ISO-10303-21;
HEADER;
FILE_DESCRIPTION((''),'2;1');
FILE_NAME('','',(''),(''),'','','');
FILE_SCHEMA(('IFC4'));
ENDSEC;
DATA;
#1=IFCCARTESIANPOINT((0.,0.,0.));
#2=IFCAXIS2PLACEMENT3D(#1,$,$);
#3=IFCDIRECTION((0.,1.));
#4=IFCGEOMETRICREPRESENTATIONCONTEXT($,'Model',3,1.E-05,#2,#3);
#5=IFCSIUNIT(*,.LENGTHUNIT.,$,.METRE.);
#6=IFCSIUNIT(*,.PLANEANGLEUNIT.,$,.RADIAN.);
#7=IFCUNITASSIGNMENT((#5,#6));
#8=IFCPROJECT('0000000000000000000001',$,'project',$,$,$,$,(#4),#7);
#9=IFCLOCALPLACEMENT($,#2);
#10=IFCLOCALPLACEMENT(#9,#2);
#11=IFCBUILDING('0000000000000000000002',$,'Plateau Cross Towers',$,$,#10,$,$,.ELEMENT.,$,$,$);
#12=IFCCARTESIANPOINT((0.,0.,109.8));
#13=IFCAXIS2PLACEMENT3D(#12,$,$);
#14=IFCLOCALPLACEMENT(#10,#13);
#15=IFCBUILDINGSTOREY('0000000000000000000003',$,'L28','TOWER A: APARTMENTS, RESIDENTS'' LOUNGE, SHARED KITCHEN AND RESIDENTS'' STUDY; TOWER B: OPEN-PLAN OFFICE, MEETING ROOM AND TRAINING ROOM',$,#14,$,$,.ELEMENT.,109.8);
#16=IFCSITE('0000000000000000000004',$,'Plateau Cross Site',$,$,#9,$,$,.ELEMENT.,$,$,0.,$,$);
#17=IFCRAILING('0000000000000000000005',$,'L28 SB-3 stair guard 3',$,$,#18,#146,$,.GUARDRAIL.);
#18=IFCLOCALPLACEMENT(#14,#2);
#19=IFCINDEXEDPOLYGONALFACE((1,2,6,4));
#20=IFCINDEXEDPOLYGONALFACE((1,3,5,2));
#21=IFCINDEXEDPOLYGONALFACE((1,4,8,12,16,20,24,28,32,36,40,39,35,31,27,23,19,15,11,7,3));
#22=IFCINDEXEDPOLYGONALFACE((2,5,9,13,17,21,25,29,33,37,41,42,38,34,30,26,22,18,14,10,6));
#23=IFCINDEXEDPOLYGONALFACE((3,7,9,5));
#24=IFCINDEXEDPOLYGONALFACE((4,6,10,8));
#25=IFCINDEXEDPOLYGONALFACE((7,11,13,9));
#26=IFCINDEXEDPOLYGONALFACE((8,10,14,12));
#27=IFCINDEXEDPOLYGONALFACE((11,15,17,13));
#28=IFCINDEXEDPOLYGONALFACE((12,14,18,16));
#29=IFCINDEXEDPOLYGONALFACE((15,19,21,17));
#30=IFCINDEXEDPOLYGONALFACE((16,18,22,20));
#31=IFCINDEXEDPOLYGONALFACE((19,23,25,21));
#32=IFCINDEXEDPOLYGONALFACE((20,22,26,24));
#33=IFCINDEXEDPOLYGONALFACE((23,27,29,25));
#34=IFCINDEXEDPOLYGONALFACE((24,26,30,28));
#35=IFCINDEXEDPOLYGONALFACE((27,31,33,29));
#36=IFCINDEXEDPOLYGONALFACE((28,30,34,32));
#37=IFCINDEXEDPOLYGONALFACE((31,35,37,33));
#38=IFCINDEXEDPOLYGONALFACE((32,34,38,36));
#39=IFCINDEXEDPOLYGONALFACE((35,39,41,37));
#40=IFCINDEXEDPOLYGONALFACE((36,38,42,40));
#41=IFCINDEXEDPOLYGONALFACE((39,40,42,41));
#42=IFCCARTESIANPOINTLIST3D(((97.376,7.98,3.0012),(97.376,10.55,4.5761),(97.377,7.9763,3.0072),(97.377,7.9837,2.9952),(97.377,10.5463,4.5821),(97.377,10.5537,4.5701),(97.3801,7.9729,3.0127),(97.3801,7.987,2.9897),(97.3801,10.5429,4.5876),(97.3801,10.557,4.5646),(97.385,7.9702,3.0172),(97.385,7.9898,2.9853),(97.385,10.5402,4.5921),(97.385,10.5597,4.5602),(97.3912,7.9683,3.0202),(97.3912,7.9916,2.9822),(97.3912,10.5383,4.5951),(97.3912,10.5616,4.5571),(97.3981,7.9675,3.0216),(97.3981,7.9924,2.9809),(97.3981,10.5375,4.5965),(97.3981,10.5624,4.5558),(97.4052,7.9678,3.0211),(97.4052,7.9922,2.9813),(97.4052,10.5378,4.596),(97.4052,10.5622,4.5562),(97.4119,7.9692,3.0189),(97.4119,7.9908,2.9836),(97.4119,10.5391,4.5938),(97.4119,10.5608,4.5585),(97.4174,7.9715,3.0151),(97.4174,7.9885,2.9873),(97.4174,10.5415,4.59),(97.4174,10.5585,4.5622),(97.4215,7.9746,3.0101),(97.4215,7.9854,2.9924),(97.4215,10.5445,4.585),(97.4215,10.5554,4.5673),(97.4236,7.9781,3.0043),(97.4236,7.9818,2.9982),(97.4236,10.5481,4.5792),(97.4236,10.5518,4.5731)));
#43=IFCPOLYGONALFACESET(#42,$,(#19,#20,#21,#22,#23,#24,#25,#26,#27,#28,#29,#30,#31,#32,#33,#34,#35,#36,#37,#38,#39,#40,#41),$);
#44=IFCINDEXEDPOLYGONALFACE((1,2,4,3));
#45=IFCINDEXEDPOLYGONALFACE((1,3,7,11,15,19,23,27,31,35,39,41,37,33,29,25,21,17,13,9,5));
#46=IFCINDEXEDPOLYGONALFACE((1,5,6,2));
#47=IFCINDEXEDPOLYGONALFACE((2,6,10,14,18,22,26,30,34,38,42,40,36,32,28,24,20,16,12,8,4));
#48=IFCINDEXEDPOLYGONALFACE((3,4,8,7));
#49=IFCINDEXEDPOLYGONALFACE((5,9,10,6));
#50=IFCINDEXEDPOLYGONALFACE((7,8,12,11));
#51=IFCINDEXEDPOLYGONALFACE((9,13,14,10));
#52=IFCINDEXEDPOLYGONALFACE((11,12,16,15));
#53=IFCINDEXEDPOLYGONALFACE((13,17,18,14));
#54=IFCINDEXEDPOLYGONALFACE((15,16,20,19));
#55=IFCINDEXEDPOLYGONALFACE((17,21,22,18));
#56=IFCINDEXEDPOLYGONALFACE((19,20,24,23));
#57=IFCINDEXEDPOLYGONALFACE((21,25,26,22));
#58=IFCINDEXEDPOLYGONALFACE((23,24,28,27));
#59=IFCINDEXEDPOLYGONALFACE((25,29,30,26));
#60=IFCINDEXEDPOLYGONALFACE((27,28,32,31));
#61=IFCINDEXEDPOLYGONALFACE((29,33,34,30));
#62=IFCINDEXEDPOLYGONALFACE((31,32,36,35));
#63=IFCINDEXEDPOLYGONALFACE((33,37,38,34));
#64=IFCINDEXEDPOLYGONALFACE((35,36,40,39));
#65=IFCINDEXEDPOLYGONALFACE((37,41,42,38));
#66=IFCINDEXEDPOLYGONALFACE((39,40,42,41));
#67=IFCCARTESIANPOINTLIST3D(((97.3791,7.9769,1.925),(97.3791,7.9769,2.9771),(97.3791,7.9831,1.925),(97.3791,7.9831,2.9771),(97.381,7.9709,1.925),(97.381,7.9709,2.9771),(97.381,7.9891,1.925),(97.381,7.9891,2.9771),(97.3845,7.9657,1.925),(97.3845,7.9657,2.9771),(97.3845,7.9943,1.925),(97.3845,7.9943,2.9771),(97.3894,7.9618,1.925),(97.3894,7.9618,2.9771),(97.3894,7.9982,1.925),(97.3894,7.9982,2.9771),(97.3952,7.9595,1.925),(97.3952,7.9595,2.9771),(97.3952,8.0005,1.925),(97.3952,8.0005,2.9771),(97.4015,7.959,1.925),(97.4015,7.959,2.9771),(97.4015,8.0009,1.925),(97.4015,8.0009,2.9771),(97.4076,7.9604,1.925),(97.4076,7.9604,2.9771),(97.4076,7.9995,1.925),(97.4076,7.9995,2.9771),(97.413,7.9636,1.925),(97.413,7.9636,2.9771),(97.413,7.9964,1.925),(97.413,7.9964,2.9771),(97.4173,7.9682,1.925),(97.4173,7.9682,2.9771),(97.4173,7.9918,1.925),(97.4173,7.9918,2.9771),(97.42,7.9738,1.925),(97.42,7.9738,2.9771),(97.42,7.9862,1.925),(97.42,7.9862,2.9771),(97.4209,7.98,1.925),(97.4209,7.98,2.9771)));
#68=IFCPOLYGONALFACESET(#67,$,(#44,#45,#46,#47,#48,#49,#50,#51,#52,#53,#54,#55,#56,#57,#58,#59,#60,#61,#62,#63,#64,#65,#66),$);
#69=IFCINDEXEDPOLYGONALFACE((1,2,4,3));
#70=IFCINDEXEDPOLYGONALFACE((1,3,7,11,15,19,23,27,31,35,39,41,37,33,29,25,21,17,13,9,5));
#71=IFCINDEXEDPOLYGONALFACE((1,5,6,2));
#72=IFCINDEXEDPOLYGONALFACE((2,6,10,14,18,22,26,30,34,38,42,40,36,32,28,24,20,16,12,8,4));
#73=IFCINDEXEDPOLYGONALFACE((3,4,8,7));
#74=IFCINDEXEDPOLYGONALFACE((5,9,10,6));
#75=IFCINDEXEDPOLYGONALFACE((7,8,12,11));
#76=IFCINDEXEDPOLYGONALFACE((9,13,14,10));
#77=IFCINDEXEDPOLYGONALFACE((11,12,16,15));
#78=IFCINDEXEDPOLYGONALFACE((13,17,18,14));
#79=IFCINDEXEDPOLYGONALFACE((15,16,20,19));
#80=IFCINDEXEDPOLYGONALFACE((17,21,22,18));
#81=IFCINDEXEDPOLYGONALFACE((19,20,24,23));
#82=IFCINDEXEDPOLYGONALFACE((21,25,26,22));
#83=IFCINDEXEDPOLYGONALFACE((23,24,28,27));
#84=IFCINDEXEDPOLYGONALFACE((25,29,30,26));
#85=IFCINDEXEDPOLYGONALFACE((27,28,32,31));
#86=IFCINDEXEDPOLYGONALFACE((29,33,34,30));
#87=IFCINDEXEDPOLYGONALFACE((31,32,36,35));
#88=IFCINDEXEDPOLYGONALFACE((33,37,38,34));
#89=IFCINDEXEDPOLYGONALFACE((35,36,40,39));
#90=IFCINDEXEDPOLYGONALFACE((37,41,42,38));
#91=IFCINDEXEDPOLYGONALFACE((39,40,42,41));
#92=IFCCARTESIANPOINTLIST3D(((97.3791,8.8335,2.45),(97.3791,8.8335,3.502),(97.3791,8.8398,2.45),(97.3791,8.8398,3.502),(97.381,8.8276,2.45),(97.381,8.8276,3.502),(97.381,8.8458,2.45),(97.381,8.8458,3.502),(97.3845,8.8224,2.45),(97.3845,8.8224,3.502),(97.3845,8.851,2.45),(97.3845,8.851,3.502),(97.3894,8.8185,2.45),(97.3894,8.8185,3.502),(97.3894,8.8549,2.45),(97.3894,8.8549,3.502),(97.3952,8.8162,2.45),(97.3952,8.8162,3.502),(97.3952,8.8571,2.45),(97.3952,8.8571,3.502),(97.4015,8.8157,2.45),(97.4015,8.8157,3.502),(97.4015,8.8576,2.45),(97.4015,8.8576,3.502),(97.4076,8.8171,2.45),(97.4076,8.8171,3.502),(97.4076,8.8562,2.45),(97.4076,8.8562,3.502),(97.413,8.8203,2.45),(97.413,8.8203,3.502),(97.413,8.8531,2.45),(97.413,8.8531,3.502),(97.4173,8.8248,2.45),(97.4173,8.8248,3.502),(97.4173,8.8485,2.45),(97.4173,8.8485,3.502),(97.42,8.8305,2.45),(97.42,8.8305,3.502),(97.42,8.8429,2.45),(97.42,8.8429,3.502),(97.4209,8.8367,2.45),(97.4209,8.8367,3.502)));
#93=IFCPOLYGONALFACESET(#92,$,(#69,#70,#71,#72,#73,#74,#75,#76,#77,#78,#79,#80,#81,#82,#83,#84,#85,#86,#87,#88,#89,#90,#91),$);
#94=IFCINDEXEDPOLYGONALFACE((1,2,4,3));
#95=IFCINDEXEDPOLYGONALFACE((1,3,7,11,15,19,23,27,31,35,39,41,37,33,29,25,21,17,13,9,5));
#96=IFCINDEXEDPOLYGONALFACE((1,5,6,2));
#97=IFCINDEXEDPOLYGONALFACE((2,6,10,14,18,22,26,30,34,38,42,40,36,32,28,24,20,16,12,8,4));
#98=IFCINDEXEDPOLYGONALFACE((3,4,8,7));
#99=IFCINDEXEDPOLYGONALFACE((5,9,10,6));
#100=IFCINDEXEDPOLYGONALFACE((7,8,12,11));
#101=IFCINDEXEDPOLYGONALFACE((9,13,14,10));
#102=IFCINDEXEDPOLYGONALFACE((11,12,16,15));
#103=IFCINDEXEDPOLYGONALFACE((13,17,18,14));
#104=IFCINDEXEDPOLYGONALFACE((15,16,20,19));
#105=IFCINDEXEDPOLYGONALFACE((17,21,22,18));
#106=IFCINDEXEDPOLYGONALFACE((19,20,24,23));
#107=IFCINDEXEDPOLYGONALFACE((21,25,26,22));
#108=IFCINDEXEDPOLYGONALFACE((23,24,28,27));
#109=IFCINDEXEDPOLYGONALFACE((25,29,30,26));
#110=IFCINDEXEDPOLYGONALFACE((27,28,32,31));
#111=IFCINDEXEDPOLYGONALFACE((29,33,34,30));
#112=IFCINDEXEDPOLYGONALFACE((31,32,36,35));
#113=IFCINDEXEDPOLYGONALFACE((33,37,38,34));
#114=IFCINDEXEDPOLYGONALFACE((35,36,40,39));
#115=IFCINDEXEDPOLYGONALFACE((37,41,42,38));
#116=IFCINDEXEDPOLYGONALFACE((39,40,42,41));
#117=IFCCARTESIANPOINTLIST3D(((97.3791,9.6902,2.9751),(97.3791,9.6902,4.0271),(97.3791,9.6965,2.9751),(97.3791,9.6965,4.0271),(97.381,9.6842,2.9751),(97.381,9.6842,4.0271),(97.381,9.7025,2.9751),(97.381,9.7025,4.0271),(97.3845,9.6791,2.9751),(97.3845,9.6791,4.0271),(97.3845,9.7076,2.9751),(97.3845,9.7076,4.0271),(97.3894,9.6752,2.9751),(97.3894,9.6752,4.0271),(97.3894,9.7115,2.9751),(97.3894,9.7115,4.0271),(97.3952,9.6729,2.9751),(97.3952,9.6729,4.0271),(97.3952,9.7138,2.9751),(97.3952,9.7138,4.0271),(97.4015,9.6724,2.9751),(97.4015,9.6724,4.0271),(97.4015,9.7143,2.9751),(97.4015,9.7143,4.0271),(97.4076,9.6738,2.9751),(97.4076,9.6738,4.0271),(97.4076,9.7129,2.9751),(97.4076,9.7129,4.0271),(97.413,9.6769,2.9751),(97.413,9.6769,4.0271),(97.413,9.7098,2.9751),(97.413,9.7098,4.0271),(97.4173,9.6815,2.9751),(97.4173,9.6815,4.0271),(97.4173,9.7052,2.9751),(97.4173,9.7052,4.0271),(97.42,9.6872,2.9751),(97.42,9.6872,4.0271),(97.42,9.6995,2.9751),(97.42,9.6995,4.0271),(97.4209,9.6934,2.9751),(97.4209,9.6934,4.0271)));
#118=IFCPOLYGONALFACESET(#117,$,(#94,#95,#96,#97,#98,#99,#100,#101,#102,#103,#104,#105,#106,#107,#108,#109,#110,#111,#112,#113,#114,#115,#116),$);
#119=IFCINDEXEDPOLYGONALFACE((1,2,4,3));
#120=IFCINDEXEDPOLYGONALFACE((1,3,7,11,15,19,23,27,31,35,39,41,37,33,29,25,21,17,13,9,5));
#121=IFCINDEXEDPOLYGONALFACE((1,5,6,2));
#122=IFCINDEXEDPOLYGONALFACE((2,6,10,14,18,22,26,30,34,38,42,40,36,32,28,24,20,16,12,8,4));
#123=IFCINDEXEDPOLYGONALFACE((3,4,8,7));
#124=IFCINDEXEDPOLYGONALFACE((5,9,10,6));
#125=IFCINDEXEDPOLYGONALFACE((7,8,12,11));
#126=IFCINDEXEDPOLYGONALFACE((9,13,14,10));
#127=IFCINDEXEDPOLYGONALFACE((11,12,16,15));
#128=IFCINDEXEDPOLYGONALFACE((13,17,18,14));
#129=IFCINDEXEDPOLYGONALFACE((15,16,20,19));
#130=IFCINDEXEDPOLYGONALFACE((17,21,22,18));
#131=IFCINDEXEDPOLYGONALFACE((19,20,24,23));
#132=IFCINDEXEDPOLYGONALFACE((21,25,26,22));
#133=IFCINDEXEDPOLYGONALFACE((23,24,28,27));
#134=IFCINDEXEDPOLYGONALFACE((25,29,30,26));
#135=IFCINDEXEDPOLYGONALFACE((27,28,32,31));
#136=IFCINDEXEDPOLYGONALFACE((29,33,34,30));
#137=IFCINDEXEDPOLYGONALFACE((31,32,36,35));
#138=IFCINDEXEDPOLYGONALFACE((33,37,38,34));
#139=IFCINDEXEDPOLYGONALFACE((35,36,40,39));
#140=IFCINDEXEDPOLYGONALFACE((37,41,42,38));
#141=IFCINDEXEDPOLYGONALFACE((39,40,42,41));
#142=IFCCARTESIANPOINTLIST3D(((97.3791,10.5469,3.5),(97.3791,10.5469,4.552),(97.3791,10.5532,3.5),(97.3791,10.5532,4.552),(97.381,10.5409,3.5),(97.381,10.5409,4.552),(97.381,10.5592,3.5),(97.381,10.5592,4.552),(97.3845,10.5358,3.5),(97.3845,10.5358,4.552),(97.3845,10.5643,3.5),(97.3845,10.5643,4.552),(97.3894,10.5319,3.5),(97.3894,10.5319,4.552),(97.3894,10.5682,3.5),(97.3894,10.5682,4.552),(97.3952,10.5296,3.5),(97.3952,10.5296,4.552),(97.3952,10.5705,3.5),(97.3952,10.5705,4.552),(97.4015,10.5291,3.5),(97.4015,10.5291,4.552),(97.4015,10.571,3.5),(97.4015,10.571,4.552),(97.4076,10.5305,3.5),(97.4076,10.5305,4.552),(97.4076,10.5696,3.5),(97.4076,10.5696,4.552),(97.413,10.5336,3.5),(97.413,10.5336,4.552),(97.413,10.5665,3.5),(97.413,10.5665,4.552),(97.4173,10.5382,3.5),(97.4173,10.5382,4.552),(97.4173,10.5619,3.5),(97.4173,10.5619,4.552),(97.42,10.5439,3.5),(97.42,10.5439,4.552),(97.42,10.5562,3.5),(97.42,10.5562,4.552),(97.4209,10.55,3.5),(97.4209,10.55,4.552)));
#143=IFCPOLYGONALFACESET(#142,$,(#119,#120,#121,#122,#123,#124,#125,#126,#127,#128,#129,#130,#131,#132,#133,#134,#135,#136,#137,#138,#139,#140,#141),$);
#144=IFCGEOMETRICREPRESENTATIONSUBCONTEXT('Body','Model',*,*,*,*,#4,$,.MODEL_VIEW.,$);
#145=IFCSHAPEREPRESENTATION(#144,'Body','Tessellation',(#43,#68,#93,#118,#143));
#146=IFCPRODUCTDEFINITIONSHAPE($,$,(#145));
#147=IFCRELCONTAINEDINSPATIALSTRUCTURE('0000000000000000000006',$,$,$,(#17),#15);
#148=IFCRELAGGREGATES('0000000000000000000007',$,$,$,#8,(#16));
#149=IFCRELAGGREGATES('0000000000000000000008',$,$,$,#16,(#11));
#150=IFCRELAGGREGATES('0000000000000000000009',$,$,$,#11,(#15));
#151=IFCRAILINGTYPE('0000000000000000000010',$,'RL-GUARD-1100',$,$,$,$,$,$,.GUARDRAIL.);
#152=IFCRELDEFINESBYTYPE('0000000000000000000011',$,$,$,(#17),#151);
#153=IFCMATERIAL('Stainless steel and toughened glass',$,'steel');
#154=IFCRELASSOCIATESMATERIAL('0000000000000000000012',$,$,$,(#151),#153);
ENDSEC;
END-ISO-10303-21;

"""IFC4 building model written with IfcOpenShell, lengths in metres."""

from ifc_helpers import new_model, si_unit, direction, frame, origin, origin_2d, place, context, subcontext, project, spatial, circle, extrude, material, type_object, element, save


model = new_model("IFC4")

# Units and contexts
model_context = context("Model", 3, precision=1e-05, world=origin(), true_north=direction((0.0, 1.0)))
body_context = subcontext(model_context, "Body", "Model", "MODEL_VIEW")
ifc_project = project(units=[si_unit("LENGTHUNIT", "METRE"), si_unit("PLANEANGLEUNIT", "RADIAN")], contexts=[model_context])

# Site, building, storey
site_placement = place(None, origin())
site = spatial("IfcSite", under=ifc_project, at=site_placement, Name="Plateau Cross Site", CompositionType="ELEMENT", RefElevation=0.0)
building_placement = place(site_placement, origin())
building = spatial("IfcBuilding", under=site, at=building_placement, Name="Plateau Cross Towers", CompositionType="ELEMENT")
storey_placement = place(building_placement, frame((0.0, 0.0, 109.8)))
storey = spatial("IfcBuildingStorey", under=building, at=storey_placement, Name="L28", Description="TOWER A: APARTMENTS, RESIDENTS' LOUNGE, SHARED KITCHEN AND RESIDENTS' STUDY; TOWER B: OPEN-PLAN OFFICE, MEETING ROOM AND TRAINING ROOM", CompositionType="ELEMENT", Elevation=109.8)

# Railing
ifc_material_1 = material(Name="Stainless steel and toughened glass", Category="steel")
railing_type_1 = type_object("IfcRailingType", Name="RL-GUARD-1100", PredefinedType="GUARDRAIL", material=ifc_material_1)
railing_1_placement = place(storey_placement, frame((97.3999, 7.98, 1.925)))
element("IfcRailing", 1, at=railing_1_placement, inside=storey, type_object=railing_type_1, Name="L28 SB-3 stair guard 3", PredefinedType="GUARDRAIL", context=body_context, shape_type="SweptSolid", body=[
    extrude(circle(Radius=0.0239, at=origin_2d()), frame((0.0, 0.0, 1.0762), z_axis=(0.0, 0.852639, 0.522501), x_axis=(-1.0, 0.0, 0.0)), (0.0, 0.0, 1.0), 3.0142),
    extrude(circle(Radius=0.021, at=origin_2d()), origin(), (0.0, 0.0, 1.0), 1.052),
    extrude(circle(Radius=0.021, at=origin_2d()), frame((0.0, 0.8567, 0.5249)), (0.0, 0.0, 1.0), 1.052),
    extrude(circle(Radius=0.021, at=origin_2d()), frame((0.0, 1.7134, 1.05)), (0.0, 0.0, 1.0), 1.052),
    extrude(circle(Radius=0.021, at=origin_2d()), frame((0.0, 2.5701, 1.575)), (0.0, 0.0, 1.0), 1.052),
])

save(model, "model.ifc")
